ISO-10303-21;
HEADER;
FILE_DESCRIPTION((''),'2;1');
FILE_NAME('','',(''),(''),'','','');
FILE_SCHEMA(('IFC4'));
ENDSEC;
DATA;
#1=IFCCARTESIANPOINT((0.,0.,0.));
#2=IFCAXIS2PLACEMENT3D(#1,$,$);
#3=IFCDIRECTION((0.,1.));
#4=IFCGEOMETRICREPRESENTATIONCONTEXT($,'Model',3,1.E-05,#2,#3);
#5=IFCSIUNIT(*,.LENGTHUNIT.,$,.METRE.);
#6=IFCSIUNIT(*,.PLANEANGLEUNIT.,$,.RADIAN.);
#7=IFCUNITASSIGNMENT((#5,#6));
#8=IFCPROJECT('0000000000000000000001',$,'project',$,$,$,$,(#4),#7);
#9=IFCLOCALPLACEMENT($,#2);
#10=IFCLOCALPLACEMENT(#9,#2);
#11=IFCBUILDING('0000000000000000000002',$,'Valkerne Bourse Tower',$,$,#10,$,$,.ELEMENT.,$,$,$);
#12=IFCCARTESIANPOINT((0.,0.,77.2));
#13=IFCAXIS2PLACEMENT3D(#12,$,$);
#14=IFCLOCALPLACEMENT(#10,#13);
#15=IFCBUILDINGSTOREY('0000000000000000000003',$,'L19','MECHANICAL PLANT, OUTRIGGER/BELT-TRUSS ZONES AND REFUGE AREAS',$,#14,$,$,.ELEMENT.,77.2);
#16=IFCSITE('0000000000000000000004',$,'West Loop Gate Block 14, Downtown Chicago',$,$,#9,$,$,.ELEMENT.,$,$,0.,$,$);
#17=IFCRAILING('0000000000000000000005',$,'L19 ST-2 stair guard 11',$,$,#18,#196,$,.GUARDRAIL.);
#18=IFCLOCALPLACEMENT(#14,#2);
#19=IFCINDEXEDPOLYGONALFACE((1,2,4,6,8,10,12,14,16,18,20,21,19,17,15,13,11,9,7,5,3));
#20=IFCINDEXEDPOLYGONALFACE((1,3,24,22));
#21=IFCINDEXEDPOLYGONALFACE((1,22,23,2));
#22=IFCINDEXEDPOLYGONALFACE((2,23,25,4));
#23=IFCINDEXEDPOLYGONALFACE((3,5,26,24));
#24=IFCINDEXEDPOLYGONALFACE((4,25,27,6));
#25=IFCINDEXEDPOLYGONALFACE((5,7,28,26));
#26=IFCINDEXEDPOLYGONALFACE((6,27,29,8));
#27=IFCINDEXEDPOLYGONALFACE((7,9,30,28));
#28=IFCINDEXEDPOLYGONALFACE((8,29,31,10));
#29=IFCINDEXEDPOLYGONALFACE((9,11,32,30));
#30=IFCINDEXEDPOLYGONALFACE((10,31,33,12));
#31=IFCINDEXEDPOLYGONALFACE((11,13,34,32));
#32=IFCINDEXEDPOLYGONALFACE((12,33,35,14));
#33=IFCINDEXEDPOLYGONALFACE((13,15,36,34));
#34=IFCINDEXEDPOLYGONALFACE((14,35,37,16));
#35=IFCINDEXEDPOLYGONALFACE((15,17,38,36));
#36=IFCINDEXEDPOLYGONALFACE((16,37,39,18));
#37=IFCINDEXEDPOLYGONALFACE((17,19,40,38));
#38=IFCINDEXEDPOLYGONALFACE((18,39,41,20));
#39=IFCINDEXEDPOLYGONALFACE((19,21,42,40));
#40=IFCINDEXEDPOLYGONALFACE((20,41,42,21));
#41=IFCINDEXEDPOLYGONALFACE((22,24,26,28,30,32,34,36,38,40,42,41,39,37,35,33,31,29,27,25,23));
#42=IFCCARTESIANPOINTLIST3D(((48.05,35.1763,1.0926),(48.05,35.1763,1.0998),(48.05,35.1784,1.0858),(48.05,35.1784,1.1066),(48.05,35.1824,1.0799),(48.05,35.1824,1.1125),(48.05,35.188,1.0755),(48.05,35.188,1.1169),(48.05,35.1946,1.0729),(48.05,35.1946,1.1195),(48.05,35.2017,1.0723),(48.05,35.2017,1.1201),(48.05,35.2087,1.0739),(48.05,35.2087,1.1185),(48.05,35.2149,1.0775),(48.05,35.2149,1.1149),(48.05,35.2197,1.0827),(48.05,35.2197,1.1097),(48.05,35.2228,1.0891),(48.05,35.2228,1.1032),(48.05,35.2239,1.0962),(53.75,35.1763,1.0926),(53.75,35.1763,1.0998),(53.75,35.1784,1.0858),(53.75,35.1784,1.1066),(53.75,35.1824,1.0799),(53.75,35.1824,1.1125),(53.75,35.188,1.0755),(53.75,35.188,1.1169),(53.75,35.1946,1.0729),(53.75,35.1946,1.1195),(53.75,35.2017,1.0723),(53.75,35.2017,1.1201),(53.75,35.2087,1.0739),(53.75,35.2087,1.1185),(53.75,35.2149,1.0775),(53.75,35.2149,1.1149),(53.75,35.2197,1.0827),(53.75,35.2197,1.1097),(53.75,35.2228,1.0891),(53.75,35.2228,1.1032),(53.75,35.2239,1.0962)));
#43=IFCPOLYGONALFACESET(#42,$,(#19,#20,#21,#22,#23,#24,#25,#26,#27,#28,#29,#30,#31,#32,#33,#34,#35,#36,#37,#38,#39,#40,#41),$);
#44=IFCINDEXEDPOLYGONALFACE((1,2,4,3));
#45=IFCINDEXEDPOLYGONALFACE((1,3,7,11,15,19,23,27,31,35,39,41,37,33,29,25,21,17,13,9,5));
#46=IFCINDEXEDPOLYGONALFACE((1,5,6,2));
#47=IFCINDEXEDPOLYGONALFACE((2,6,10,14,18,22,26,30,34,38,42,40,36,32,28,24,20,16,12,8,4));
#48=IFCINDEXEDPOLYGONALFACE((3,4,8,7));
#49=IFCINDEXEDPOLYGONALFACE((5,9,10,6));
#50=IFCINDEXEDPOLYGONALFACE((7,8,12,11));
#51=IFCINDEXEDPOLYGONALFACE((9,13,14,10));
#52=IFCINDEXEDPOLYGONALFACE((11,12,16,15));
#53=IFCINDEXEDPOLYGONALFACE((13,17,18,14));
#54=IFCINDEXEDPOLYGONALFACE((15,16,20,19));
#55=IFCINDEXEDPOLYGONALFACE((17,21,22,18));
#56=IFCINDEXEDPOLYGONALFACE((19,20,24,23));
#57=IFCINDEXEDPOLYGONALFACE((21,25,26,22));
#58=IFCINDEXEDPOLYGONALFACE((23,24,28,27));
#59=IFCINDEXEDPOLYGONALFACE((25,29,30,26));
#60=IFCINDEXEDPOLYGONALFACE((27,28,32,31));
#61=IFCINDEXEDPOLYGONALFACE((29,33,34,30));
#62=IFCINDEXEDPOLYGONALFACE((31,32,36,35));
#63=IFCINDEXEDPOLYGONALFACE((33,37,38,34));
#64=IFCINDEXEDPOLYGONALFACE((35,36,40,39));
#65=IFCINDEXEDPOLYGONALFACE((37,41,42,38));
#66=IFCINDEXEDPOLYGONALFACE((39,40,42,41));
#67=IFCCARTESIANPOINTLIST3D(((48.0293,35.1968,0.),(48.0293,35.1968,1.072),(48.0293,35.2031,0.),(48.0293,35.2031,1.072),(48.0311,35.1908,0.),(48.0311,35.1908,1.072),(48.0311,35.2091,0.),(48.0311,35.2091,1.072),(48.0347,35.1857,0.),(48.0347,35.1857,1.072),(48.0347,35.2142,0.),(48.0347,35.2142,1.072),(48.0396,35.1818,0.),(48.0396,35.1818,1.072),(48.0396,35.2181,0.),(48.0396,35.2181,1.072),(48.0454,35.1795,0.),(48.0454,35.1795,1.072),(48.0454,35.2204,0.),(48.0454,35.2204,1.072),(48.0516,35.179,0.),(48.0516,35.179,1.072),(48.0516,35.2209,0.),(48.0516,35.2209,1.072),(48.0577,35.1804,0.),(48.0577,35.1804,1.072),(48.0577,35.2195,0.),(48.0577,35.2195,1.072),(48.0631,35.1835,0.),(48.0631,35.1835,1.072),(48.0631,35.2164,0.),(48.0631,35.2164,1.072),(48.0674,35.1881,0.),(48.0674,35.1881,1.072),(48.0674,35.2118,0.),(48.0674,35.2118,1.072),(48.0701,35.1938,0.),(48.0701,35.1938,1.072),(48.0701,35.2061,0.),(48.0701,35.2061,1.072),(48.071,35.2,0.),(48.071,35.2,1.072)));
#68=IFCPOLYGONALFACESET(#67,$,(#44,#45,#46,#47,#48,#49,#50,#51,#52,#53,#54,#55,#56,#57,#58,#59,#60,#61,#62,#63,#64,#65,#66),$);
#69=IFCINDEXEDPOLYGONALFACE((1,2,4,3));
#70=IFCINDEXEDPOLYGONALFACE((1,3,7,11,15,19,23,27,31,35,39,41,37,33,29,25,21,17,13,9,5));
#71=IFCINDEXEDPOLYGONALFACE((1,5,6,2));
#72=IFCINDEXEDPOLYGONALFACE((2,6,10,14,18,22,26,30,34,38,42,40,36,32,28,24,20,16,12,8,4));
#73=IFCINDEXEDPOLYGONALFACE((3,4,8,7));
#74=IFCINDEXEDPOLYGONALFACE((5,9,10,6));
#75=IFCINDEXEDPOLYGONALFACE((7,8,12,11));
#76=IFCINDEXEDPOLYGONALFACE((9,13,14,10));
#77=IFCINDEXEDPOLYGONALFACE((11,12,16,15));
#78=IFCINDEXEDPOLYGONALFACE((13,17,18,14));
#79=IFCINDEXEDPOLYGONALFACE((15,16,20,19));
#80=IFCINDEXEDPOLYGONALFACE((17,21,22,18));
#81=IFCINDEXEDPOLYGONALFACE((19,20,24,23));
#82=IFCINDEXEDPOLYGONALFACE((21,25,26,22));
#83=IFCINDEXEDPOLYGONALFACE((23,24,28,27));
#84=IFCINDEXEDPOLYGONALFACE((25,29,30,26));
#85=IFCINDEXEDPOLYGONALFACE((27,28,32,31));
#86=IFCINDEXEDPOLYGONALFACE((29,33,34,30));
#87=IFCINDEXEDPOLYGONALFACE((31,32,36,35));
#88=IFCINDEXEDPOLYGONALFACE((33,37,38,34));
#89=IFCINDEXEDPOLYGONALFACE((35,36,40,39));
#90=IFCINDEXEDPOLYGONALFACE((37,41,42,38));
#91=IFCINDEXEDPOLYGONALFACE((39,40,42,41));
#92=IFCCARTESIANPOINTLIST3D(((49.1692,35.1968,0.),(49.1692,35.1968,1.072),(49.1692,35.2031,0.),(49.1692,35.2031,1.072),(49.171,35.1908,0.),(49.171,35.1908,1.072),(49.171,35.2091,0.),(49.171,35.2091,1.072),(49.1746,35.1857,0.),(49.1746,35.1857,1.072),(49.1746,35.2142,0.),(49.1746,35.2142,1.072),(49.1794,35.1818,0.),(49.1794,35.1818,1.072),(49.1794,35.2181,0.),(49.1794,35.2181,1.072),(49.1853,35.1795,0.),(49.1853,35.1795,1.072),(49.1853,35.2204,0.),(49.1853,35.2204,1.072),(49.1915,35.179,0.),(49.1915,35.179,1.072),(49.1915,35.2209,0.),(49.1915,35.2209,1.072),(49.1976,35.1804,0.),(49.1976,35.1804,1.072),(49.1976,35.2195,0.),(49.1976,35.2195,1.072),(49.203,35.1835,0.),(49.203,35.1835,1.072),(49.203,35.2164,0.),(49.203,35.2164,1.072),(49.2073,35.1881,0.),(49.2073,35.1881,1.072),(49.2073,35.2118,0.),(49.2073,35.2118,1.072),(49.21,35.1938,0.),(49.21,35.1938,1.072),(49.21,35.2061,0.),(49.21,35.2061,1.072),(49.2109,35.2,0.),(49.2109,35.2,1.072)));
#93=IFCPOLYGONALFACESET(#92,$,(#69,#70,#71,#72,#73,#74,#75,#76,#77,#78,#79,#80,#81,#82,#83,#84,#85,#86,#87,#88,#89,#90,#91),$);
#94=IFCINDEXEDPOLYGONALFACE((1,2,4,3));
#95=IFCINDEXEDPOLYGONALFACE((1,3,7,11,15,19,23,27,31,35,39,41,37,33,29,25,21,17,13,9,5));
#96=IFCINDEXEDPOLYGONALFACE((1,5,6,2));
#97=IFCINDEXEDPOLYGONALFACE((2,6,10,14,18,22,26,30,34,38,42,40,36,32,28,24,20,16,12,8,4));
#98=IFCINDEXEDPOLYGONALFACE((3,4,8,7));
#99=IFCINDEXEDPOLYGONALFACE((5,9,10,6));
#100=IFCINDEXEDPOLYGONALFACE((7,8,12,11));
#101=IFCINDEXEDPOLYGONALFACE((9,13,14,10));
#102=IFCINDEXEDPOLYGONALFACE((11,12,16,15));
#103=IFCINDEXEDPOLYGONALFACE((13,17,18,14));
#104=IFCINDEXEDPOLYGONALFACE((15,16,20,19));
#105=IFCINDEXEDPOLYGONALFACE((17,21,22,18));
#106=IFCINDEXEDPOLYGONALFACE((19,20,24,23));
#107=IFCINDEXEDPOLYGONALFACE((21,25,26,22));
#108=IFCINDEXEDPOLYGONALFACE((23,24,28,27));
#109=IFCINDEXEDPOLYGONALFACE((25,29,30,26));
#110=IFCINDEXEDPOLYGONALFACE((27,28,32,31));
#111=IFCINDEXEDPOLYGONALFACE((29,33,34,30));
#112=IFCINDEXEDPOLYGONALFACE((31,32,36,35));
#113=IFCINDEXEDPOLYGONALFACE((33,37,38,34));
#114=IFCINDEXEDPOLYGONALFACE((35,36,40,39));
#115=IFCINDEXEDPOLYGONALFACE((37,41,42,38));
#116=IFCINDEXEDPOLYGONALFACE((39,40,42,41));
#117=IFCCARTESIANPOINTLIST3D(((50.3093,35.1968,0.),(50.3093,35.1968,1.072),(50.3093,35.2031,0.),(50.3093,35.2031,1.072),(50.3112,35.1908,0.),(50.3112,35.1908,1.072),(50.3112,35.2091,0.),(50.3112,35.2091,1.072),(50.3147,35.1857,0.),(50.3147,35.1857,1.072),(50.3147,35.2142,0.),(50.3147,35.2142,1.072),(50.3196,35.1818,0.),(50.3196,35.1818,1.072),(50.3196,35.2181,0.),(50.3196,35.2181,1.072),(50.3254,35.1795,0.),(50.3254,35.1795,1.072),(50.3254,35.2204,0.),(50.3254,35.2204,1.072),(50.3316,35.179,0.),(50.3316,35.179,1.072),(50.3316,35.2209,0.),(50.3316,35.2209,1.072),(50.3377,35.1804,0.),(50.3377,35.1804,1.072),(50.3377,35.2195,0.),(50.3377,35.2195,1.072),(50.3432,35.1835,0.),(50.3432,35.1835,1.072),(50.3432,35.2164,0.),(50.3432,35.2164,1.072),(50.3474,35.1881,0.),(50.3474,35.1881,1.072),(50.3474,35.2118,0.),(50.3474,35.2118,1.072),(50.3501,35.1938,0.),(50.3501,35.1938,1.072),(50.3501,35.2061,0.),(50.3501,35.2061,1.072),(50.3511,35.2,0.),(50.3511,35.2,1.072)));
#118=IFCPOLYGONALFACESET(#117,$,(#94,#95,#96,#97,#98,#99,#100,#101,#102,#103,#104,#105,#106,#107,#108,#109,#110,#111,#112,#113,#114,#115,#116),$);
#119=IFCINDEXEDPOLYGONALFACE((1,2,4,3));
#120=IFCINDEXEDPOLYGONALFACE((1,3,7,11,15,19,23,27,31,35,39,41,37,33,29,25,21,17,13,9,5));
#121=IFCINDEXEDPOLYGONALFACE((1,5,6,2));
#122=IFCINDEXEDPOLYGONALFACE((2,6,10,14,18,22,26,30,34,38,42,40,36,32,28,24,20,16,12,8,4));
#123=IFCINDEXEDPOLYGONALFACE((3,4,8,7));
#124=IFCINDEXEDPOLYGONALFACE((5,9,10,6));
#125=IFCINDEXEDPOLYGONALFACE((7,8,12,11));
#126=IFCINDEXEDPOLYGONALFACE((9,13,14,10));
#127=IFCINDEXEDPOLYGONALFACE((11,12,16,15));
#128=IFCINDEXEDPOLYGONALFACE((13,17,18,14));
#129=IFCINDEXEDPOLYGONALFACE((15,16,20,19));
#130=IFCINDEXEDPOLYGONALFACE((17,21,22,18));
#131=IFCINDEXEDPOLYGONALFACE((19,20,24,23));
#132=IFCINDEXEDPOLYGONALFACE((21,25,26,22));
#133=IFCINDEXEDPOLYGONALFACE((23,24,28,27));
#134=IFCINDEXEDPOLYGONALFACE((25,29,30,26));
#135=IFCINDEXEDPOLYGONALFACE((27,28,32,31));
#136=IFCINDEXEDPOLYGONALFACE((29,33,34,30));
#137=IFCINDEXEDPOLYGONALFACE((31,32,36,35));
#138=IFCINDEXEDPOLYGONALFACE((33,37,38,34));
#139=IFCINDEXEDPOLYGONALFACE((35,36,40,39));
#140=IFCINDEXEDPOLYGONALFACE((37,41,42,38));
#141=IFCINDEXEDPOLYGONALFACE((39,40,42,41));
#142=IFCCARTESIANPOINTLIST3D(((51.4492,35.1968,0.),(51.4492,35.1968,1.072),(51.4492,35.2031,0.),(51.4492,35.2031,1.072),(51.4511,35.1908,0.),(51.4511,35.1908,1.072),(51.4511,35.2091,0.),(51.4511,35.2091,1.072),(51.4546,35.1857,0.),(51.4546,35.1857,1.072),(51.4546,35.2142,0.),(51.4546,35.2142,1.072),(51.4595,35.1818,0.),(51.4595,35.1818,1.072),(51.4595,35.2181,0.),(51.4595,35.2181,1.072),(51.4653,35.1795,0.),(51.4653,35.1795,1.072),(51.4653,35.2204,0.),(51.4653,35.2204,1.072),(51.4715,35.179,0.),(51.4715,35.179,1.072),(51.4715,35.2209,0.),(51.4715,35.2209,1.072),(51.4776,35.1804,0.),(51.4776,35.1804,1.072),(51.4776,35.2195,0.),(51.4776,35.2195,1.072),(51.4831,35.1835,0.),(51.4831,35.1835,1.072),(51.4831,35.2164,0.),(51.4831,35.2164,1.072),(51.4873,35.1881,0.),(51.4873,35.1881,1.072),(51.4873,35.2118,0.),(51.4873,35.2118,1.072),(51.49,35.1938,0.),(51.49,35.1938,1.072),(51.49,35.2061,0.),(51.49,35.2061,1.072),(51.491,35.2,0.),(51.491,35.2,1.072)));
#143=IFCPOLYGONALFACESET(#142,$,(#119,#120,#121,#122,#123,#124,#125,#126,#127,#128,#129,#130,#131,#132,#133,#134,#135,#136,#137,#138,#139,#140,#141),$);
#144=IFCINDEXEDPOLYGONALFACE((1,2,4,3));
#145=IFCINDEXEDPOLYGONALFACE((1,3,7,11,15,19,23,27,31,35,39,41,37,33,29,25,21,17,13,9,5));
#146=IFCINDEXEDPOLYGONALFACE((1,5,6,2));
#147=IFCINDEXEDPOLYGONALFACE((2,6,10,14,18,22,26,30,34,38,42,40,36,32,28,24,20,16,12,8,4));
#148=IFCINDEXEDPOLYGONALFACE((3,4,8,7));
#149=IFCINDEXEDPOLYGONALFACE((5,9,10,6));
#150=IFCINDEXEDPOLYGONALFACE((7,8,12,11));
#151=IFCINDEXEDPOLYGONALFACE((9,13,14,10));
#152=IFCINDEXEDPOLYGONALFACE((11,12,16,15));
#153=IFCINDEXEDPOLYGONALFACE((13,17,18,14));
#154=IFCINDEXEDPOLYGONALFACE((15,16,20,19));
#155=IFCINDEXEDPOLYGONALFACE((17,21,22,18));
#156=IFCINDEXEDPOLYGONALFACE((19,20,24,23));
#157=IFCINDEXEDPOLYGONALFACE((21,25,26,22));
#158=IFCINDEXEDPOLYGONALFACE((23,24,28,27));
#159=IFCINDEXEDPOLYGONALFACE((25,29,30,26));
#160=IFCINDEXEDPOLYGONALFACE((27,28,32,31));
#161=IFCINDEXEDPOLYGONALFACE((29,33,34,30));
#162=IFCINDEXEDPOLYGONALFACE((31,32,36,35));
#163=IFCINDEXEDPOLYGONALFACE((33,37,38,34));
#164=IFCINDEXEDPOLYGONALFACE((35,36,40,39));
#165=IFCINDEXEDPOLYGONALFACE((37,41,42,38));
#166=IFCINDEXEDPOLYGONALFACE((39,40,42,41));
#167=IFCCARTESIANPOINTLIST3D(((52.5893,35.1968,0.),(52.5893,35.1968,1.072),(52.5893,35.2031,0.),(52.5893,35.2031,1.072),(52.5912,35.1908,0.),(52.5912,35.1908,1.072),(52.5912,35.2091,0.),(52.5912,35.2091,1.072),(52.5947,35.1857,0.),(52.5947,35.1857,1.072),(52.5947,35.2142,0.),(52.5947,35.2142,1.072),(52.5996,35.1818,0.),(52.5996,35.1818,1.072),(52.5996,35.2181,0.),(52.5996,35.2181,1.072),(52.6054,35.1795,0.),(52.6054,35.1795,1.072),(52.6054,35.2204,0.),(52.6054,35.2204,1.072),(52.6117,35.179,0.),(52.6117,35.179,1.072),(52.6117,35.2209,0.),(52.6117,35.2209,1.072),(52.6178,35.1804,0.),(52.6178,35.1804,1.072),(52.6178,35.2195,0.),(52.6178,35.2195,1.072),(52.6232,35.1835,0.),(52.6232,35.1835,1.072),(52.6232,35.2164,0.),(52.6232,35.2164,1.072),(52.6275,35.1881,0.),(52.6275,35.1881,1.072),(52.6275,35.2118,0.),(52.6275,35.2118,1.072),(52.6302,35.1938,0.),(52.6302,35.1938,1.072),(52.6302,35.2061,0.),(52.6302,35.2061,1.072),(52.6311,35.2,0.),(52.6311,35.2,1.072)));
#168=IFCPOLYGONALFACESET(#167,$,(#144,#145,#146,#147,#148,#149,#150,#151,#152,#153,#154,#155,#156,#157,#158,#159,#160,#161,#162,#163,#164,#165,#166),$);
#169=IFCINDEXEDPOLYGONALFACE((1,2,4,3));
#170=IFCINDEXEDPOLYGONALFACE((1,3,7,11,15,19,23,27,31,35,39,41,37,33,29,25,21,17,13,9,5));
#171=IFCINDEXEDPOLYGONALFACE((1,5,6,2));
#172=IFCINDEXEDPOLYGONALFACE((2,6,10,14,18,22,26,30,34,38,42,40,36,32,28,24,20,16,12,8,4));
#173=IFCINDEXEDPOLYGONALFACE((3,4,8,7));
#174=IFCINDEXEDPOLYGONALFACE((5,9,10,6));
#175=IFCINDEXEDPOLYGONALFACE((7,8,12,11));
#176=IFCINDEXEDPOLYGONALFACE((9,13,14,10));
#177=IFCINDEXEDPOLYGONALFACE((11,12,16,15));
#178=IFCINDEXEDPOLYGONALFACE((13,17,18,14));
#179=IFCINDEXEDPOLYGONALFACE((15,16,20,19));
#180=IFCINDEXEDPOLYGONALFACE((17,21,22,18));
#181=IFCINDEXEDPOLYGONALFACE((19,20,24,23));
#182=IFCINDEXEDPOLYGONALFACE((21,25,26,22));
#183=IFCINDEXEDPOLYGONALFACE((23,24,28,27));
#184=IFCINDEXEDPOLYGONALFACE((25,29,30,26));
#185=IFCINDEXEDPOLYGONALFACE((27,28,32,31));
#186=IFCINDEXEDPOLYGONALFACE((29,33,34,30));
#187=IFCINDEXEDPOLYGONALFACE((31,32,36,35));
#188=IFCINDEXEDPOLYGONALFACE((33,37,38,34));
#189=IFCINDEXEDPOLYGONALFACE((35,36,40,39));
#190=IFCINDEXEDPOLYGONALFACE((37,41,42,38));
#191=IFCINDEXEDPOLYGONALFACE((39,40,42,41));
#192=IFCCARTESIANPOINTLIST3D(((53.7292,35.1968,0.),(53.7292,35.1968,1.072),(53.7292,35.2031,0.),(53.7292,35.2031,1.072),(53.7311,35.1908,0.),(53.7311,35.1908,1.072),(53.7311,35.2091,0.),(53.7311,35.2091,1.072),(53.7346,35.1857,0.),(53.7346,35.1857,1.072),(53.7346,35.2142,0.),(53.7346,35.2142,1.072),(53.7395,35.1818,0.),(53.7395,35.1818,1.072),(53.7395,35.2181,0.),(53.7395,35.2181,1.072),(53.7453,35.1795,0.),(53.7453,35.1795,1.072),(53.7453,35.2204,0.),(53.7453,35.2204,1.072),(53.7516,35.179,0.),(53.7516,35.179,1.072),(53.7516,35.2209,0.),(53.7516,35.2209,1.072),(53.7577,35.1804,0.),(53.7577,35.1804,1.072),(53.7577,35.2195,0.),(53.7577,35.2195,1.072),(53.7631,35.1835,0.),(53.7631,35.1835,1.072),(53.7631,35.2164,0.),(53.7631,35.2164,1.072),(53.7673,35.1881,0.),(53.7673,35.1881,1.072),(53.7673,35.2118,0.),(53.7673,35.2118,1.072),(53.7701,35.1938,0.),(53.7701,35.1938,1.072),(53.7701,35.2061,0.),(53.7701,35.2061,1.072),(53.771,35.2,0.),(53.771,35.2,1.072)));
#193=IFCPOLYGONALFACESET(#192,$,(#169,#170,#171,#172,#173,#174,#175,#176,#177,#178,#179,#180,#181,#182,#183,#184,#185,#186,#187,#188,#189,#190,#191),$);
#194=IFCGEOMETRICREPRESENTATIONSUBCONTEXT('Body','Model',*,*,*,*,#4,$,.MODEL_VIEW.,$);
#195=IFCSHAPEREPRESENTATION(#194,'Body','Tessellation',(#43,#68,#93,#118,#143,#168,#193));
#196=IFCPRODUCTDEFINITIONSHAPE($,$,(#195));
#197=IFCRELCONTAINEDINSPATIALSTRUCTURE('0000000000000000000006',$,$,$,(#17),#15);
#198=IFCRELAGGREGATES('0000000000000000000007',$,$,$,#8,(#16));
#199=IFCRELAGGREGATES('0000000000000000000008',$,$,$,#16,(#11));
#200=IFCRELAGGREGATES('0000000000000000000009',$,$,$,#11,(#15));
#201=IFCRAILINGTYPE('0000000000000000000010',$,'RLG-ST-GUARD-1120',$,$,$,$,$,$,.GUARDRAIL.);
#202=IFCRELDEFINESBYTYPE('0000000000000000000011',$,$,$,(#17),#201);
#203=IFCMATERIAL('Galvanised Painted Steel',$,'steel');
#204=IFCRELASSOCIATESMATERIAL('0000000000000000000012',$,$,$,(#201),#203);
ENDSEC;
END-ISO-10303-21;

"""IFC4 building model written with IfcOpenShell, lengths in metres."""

from ifc_helpers import new_model, si_unit, direction, frame, origin, origin_2d, place, context, subcontext, project, spatial, circle, extrude, material, type_object, element, save


model = new_model("IFC4")

# Units and contexts
model_context = context("Model", 3, precision=1e-05, world=origin(), true_north=direction((0.0, 1.0)))
body_context = subcontext(model_context, "Body", "Model", "MODEL_VIEW")
ifc_project = project(units=[si_unit("LENGTHUNIT", "METRE"), si_unit("PLANEANGLEUNIT", "RADIAN")], contexts=[model_context])

# Site, building, storey
site_placement = place(None, origin())
site = spatial("IfcSite", under=ifc_project, at=site_placement, Name="West Loop Gate Block 14, Downtown Chicago", CompositionType="ELEMENT", RefElevation=0.0)
building_placement = place(site_placement, origin())
building = spatial("IfcBuilding", under=site, at=building_placement, Name="Valkerne Bourse Tower", CompositionType="ELEMENT")
storey_placement = place(building_placement, frame((0.0, 0.0, 77.2)))
storey = spatial("IfcBuildingStorey", under=building, at=storey_placement, Name="L19", Description="MECHANICAL PLANT, OUTRIGGER/BELT-TRUSS ZONES AND REFUGE AREAS", CompositionType="ELEMENT", Elevation=77.2)

# Railing
ifc_material_1 = material(Name="Galvanised Painted Steel", Category="steel")
railing_type_1 = type_object("IfcRailingType", Name="RLG-ST-GUARD-1120", PredefinedType="GUARDRAIL", material=ifc_material_1)
railing_1_placement = place(storey_placement, frame((48.05, 35.2, 0.0)))
element("IfcRailing", 1, at=railing_1_placement, inside=storey, type_object=railing_type_1, Name="L19 ST-2 stair guard 11", PredefinedType="GUARDRAIL", context=body_context, shape_type="SweptSolid", body=[
    extrude(circle(Radius=0.0239, at=origin_2d()), frame((0.0, 0.0, 1.0962), z_axis=(1.0, 0.0, 0.0), x_axis=(0.0, 1.0, 0.0)), (0.0, 0.0, 1.0), 5.7),
    extrude(circle(Radius=0.021, at=origin_2d()), origin(), (0.0, 0.0, 1.0), 1.072),
    extrude(circle(Radius=0.021, at=origin_2d()), frame((1.1399, 0.0, 0.0)), (0.0, 0.0, 1.0), 1.072),
    extrude(circle(Radius=0.021, at=origin_2d()), frame((2.28, 0.0, 0.0)), (0.0, 0.0, 1.0), 1.072),
    extrude(circle(Radius=0.021, at=origin_2d()), frame((3.4199, 0.0, 0.0)), (0.0, 0.0, 1.0), 1.072),
    extrude(circle(Radius=0.021, at=origin_2d()), frame((4.5601, 0.0, 0.0)), (0.0, 0.0, 1.0), 1.072),
    extrude(circle(Radius=0.021, at=origin_2d()), frame((5.7, 0.0, 0.0)), (0.0, 0.0, 1.0), 1.072),
])

save(model, "model.ifc")
